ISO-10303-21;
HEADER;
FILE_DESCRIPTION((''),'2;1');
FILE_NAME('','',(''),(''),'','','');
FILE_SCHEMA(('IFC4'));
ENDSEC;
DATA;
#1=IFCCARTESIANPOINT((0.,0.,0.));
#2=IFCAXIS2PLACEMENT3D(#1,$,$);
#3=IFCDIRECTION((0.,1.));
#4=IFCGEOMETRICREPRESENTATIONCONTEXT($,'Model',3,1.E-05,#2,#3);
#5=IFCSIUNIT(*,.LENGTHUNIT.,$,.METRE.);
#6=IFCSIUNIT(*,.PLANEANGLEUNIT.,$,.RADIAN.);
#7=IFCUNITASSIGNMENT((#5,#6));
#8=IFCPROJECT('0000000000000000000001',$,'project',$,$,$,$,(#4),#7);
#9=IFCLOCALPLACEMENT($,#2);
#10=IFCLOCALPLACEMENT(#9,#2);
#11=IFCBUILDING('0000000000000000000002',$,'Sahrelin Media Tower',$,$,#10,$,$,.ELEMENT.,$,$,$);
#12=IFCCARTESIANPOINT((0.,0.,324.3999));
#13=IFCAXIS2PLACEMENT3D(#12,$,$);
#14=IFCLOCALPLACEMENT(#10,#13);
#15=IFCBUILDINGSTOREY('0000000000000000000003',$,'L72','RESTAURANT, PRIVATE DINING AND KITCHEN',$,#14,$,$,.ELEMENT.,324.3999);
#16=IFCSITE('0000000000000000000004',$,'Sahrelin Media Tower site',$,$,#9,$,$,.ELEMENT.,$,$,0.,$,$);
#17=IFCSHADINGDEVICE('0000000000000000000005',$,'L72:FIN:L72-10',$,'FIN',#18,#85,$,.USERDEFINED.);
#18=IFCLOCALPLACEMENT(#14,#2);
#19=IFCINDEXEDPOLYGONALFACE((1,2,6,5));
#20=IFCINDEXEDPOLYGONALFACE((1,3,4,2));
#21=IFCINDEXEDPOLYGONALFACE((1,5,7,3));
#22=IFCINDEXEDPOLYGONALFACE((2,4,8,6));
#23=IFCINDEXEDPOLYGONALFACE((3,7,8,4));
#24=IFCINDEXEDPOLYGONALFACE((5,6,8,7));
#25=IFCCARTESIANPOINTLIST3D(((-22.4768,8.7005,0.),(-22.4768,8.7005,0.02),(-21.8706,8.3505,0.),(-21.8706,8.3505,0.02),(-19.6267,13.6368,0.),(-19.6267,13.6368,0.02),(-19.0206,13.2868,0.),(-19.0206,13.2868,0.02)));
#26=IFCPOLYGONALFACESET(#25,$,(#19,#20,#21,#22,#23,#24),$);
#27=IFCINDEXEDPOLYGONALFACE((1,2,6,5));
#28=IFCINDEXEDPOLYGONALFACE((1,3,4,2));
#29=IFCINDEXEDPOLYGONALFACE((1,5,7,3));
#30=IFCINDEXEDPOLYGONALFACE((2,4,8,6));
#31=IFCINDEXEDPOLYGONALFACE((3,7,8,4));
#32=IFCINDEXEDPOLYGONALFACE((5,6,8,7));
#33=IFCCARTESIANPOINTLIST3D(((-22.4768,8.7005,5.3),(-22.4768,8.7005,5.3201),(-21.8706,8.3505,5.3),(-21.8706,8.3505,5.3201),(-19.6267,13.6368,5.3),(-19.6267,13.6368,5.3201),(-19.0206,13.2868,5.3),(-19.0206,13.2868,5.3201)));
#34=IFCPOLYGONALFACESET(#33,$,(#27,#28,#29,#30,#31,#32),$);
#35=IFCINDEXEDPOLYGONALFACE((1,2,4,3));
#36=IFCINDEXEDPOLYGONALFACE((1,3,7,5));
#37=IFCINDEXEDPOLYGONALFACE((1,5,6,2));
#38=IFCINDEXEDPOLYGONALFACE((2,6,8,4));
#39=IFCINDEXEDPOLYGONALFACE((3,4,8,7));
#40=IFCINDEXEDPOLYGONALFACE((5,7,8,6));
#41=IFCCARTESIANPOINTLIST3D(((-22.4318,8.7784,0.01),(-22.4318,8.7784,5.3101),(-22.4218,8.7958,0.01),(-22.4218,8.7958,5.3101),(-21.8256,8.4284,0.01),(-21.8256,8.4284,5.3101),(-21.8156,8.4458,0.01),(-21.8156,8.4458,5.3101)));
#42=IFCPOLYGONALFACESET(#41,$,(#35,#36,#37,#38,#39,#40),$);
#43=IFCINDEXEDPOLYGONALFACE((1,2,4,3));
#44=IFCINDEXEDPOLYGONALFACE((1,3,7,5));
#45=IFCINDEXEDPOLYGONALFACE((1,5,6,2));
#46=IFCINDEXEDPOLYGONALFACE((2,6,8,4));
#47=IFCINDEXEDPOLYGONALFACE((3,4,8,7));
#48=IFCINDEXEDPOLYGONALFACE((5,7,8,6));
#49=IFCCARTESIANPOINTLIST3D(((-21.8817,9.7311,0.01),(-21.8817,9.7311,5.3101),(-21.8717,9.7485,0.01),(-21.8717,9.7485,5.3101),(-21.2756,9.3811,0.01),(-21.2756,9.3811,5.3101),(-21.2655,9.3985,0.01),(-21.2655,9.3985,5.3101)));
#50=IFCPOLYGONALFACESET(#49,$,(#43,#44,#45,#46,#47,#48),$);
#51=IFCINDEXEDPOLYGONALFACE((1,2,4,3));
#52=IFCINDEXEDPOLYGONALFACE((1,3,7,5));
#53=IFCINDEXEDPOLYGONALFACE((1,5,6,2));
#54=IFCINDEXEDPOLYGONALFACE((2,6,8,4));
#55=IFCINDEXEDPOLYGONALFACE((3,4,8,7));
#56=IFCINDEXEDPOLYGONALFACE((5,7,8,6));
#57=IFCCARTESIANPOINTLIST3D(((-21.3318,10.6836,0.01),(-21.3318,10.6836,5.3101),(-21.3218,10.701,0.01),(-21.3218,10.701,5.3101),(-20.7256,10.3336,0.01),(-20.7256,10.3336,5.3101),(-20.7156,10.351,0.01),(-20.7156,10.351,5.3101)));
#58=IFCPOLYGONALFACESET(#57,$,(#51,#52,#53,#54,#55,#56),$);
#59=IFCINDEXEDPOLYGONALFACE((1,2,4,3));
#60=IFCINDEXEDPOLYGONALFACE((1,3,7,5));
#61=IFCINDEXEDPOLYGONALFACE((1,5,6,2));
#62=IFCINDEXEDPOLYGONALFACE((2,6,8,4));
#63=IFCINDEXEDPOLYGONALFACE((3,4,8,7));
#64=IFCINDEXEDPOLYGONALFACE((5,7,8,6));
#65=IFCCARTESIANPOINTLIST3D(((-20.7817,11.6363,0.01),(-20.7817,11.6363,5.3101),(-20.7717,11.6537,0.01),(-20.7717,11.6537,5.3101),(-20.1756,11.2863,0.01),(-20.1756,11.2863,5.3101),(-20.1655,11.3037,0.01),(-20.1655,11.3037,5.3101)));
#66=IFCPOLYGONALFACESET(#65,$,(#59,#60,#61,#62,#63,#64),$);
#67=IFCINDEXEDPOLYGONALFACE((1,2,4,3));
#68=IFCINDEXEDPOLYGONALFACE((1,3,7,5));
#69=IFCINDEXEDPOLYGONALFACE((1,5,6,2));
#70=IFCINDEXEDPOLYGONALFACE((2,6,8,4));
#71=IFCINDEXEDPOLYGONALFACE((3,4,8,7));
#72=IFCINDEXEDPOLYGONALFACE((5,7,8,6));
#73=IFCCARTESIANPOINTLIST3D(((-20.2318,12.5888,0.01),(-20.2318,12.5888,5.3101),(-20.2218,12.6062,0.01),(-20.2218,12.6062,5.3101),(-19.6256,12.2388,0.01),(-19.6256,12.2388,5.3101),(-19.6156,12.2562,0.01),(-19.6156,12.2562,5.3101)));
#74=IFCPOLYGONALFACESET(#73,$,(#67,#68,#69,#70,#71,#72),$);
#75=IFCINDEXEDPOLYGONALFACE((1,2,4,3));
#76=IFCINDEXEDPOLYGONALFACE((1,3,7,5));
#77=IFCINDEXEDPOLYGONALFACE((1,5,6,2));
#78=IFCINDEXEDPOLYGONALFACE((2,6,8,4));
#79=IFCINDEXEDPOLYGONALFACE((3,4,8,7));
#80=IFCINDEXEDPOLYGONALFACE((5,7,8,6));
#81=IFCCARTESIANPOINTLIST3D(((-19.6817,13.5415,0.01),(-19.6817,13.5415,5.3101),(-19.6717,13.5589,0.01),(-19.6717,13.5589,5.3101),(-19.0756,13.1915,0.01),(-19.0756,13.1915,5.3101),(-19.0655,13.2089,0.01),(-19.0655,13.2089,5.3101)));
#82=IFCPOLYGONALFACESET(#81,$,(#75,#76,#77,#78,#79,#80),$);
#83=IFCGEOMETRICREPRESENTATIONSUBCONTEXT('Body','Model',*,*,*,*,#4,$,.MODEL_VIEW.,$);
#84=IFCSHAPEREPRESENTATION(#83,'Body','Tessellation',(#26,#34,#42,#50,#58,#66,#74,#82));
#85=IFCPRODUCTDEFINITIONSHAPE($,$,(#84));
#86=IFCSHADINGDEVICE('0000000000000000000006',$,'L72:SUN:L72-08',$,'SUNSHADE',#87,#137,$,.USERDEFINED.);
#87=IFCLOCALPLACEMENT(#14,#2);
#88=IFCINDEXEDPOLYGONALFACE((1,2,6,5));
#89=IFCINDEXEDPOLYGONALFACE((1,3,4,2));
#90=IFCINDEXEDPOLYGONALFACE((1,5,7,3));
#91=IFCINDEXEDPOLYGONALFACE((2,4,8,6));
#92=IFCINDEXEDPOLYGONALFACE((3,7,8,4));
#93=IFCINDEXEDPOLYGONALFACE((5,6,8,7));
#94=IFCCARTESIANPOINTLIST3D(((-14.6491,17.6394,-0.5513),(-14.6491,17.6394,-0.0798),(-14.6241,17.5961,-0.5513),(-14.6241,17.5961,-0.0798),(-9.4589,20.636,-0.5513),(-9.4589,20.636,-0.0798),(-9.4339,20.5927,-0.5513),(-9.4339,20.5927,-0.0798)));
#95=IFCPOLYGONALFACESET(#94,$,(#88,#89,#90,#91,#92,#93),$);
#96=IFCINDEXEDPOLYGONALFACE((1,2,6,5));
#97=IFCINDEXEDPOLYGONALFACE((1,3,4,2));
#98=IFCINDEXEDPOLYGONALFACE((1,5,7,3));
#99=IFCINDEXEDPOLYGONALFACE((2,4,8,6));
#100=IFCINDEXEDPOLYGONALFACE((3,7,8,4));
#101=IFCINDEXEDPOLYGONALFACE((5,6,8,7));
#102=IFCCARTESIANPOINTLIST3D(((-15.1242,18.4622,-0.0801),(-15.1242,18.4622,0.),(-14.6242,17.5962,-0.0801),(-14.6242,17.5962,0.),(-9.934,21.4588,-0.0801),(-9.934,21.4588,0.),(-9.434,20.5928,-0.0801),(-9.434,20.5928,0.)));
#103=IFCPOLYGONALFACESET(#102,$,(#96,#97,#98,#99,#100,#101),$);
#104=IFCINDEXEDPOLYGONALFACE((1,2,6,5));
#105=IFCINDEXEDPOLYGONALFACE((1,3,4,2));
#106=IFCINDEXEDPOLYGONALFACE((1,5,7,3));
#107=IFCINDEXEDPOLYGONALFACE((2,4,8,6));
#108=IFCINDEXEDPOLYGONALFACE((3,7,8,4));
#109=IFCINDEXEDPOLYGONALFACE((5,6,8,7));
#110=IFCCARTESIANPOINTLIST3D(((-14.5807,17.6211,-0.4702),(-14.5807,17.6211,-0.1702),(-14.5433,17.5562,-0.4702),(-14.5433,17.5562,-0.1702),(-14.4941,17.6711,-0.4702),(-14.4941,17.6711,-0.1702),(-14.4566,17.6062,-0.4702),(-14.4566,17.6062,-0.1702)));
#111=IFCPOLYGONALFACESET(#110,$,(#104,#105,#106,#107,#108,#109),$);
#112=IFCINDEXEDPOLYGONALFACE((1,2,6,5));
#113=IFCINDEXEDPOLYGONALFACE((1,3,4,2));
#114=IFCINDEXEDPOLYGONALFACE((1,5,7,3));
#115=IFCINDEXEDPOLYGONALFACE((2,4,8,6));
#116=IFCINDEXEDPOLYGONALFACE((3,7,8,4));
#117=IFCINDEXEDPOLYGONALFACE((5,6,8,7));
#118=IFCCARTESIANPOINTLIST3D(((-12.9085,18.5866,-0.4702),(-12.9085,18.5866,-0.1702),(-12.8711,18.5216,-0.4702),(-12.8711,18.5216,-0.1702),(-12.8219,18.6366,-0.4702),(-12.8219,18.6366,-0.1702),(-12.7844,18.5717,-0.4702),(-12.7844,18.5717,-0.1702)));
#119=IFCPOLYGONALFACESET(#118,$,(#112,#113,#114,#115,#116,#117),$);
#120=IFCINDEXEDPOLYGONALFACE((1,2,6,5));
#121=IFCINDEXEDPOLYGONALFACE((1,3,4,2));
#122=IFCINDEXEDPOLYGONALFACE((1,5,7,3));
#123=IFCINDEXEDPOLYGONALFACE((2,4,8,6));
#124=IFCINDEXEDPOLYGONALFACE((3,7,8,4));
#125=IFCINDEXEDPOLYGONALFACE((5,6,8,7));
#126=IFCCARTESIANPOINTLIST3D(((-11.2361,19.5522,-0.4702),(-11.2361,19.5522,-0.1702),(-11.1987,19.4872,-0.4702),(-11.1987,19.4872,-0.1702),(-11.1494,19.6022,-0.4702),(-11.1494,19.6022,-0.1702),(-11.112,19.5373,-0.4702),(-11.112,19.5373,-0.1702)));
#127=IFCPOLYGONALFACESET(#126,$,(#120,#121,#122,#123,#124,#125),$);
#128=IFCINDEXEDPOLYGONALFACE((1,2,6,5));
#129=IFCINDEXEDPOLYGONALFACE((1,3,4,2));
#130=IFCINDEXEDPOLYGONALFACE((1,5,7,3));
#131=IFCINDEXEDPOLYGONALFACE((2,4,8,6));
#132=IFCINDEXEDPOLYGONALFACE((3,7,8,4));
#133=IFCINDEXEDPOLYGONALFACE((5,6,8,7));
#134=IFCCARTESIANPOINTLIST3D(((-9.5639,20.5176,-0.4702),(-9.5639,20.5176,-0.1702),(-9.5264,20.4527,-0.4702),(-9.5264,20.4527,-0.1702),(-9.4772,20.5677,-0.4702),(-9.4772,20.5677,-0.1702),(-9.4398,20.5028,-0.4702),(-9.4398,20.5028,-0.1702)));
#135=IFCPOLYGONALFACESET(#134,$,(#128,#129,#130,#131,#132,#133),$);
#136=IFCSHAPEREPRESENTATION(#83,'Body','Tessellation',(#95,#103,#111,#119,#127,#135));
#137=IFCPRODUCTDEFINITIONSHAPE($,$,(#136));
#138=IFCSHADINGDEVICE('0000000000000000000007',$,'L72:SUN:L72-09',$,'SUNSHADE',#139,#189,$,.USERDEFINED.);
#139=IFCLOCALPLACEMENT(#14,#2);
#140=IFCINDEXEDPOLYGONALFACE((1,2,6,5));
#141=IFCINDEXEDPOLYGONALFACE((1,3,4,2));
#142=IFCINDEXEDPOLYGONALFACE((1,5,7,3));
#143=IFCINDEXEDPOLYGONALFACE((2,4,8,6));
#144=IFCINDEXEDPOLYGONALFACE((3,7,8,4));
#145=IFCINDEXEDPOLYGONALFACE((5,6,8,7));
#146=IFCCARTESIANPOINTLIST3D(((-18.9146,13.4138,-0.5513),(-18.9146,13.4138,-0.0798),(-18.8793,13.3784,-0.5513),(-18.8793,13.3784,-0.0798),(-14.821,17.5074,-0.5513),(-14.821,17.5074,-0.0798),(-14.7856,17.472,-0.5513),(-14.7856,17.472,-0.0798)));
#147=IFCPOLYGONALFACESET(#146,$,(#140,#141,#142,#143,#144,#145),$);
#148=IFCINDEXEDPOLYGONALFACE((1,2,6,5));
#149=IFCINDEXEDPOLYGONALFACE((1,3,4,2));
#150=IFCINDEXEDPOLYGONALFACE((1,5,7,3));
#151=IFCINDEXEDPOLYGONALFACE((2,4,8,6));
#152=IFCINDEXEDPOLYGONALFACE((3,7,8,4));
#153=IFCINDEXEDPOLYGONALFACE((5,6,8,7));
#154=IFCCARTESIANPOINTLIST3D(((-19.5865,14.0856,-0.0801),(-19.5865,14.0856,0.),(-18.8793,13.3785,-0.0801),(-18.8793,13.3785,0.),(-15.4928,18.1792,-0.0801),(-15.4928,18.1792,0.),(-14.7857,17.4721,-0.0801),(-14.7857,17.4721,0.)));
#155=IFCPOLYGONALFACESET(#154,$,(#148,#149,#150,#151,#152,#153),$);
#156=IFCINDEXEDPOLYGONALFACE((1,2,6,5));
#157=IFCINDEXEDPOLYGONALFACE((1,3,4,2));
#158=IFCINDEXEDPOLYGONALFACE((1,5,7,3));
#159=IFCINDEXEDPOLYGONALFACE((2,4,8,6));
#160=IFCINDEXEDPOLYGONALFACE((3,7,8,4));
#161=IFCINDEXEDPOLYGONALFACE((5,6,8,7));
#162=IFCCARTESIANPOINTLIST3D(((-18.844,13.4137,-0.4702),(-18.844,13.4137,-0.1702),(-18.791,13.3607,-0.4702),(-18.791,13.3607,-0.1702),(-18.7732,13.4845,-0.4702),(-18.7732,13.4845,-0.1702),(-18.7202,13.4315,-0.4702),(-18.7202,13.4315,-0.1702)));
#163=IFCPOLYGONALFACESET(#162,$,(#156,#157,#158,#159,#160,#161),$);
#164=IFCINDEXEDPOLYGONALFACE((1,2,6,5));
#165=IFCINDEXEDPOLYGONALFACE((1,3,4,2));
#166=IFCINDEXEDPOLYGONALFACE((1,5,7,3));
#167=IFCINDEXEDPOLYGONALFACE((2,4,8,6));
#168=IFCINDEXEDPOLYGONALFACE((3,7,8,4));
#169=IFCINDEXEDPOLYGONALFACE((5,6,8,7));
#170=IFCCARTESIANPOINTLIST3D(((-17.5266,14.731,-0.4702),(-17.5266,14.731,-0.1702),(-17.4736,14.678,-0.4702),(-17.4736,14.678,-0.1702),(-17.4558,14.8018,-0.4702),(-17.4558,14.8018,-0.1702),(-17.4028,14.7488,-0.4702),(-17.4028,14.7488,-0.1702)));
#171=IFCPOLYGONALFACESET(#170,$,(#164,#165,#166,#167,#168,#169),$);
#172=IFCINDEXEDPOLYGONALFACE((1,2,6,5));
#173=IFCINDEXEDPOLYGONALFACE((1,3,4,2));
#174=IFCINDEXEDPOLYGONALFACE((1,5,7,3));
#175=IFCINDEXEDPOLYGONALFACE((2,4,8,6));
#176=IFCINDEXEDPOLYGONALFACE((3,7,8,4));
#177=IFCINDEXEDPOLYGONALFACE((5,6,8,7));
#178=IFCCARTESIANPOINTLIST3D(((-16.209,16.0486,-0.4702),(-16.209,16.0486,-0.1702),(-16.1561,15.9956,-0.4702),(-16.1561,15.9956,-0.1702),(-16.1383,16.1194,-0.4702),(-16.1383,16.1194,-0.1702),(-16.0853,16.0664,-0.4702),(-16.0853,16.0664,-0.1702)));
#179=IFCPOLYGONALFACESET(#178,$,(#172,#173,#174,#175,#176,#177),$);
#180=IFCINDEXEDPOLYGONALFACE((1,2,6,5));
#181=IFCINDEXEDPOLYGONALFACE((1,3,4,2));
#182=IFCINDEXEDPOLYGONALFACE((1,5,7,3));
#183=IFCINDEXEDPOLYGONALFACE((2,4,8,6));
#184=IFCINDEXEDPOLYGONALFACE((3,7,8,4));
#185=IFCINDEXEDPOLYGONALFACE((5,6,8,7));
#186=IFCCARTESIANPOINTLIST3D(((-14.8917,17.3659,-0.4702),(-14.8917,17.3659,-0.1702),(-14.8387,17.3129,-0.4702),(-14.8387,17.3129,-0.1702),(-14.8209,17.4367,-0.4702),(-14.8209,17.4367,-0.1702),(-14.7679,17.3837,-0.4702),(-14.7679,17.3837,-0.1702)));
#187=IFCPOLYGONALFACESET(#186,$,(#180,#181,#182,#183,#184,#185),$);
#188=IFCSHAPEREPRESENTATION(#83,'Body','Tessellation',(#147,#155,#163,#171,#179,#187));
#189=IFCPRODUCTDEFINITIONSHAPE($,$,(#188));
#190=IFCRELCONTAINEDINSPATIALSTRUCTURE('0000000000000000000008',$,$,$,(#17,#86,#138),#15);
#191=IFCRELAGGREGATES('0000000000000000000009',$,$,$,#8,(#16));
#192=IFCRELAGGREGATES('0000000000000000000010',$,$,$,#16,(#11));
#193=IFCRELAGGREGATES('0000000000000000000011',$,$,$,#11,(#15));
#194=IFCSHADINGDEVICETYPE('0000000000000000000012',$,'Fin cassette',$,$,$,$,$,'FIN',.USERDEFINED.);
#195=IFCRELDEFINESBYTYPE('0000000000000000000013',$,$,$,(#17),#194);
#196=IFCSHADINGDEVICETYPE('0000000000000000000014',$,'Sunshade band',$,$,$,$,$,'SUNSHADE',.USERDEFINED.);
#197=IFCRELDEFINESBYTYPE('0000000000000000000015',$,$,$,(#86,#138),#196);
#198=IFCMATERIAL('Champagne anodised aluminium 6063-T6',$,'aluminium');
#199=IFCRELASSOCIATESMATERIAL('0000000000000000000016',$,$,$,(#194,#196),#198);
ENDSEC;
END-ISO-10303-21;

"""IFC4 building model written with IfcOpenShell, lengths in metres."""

from ifc_helpers import new_model, si_unit, direction, frame, origin, origin_2d, place, context, subcontext, project, spatial, rectangle, extrude, material, type_object, element, save


model = new_model("IFC4")

# Units and contexts
model_context = context("Model", 3, precision=1e-05, world=origin(), true_north=direction((0.0, 1.0)))
body_context = subcontext(model_context, "Body", "Model", "MODEL_VIEW")
ifc_project = project(units=[si_unit("LENGTHUNIT", "METRE"), si_unit("PLANEANGLEUNIT", "RADIAN")], contexts=[model_context])

# Site, building, storey
site_placement = place(None, origin())
site = spatial("IfcSite", under=ifc_project, at=site_placement, Name="Sahrelin Media Tower site", CompositionType="ELEMENT", RefElevation=0.0)
building_placement = place(site_placement, origin())
building = spatial("IfcBuilding", under=site, at=building_placement, Name="Sahrelin Media Tower", CompositionType="ELEMENT")
storey_placement = place(building_placement, frame((0.0, 0.0, 324.3999)))
storey = spatial("IfcBuildingStorey", under=building, at=storey_placement, Name="L72", Description="RESTAURANT, PRIVATE DINING AND KITCHEN", CompositionType="ELEMENT", Elevation=324.3999)

# Shared definitions
ifc_material_1 = material(Name="Champagne anodised aluminium 6063-T6", Category="aluminium")

# Shading devices
shading_device_type_1 = type_object("IfcShadingDeviceType", Name="Fin cassette", ElementType="FIN", PredefinedType="USERDEFINED", material=ifc_material_1)
placement_1 = place(storey_placement, frame((-12.019, 19.0771, 0.0), z_axis=(0.0, 0.0, 1.0), x_axis=(0.866019, 0.500011, 0.0)))
placement_2 = place(storey_placement, frame((-16.8184, 15.4111, 0.0), z_axis=(0.0, 0.0, 1.0), x_axis=(0.707107, 0.707107, 0.0)))
placement_3 = place(storey_placement, frame((-20.385, 10.7837, 0.0), z_axis=(0.0, 0.0, 1.0), x_axis=(0.500011, 0.866019, 0.0)))
element("IfcShadingDevice", 1, at=placement_3, inside=storey, type_object=shading_device_type_1, Name="L72:FIN:L72-10", ObjectType="FIN", PredefinedType="USERDEFINED", context=body_context, shape_type="SweptSolid", body=[
    extrude(rectangle(XDim=5.7, YDim=0.7, at=origin_2d()), frame((0.0, 0.4199, 0.0)), (0.0, 0.0, 1.0), 0.02),
    extrude(rectangle(XDim=5.7, YDim=0.7, at=origin_2d()), frame((0.0, 0.4199, 5.3)), (0.0, 0.0, 1.0), 0.02),
    extrude(rectangle(XDim=0.02, YDim=0.7, at=origin_2d()), frame((-2.75, 0.4199, 0.01), z_axis=(0.0, 0.0, 1.0), x_axis=(1.0, 0.0, 0.0)), (0.0, 0.0, 1.0), 5.3),
    extrude(rectangle(XDim=0.02, YDim=0.7, at=origin_2d()), frame((-1.6499, 0.4199, 0.01), z_axis=(0.0, 0.0, 1.0), x_axis=(1.0, 0.0, 0.0)), (0.0, 0.0, 1.0), 5.3),
    extrude(rectangle(XDim=0.02, YDim=0.7, at=origin_2d()), frame((-0.55, 0.4199, 0.01), z_axis=(0.0, 0.0, 1.0), x_axis=(1.0, 0.0, 0.0)), (0.0, 0.0, 1.0), 5.3),
    extrude(rectangle(XDim=0.02, YDim=0.7, at=origin_2d()), frame((0.55, 0.4199, 0.01), z_axis=(0.0, 0.0, 1.0), x_axis=(1.0, 0.0, 0.0)), (0.0, 0.0, 1.0), 5.3),
    extrude(rectangle(XDim=0.02, YDim=0.7, at=origin_2d()), frame((1.6499, 0.4199, 0.01), z_axis=(0.0, 0.0, 1.0), x_axis=(1.0, 0.0, 0.0)), (0.0, 0.0, 1.0), 5.3),
    extrude(rectangle(XDim=0.02, YDim=0.7, at=origin_2d()), frame((2.75, 0.4199, 0.01), z_axis=(0.0, 0.0, 1.0), x_axis=(1.0, 0.0, 0.0)), (0.0, 0.0, 1.0), 5.3),
])
shading_device_type_2 = type_object("IfcShadingDeviceType", Name="Sunshade band", ElementType="SUNSHADE", PredefinedType="USERDEFINED", material=ifc_material_1)
element("IfcShadingDevice", 2, at=placement_1, inside=storey, type_object=shading_device_type_2, Name="L72:SUN:L72-08", ObjectType="SUNSHADE", PredefinedType="USERDEFINED", context=body_context, shape_type="SweptSolid", body=[
    extrude(rectangle(XDim=5.9932, YDim=0.05, at=origin_2d()), frame((0.0, 0.0449, -0.5513)), (0.0, 0.0, 1.0), 0.4714),
    extrude(rectangle(XDim=5.9932, YDim=1.0, at=origin_2d()), frame((0.0, 0.52, -0.0801)), (0.0, 0.0, 1.0), 0.0801),
    extrude(rectangle(XDim=0.1001, YDim=0.075, at=origin_2d()), frame((-2.8965, -0.0176, -0.4702)), (0.0, 0.0, 1.0), 0.3),
    extrude(rectangle(XDim=0.1001, YDim=0.075, at=origin_2d()), frame((-0.9656, -0.0176, -0.4702)), (0.0, 0.0, 1.0), 0.3),
    extrude(rectangle(XDim=0.1001, YDim=0.075, at=origin_2d()), frame((0.9656, -0.0176, -0.4702)), (0.0, 0.0, 1.0), 0.3),
    extrude(rectangle(XDim=0.1001, YDim=0.075, at=origin_2d()), frame((2.8965, -0.0176, -0.4702)), (0.0, 0.0, 1.0), 0.3),
])
element("IfcShadingDevice", 3, at=placement_2, inside=storey, type_object=shading_device_type_2, Name="L72:SUN:L72-09", ObjectType="SUNSHADE", PredefinedType="USERDEFINED", context=body_context, shape_type="SweptSolid", body=[
    extrude(rectangle(XDim=5.7893, YDim=0.05, at=origin_2d()), frame((0.0, 0.0449, -0.5513)), (0.0, 0.0, 1.0), 0.4714),
    extrude(rectangle(XDim=5.7893, YDim=1.0, at=origin_2d()), frame((0.0, 0.52, -0.0801)), (0.0, 0.0, 1.0), 0.0801),
    extrude(rectangle(XDim=0.1001, YDim=0.075, at=origin_2d()), frame((-2.7947, -0.0176, -0.4702)), (0.0, 0.0, 1.0), 0.3),
    extrude(rectangle(XDim=0.1001, YDim=0.075, at=origin_2d()), frame((-0.9316, -0.0176, -0.4702)), (0.0, 0.0, 1.0), 0.3),
    extrude(rectangle(XDim=0.1001, YDim=0.075, at=origin_2d()), frame((0.9316, -0.0176, -0.4702)), (0.0, 0.0, 1.0), 0.3),
    extrude(rectangle(XDim=0.1001, YDim=0.075, at=origin_2d()), frame((2.7947, -0.0176, -0.4702)), (0.0, 0.0, 1.0), 0.3),
])

save(model, "model.ifc")
